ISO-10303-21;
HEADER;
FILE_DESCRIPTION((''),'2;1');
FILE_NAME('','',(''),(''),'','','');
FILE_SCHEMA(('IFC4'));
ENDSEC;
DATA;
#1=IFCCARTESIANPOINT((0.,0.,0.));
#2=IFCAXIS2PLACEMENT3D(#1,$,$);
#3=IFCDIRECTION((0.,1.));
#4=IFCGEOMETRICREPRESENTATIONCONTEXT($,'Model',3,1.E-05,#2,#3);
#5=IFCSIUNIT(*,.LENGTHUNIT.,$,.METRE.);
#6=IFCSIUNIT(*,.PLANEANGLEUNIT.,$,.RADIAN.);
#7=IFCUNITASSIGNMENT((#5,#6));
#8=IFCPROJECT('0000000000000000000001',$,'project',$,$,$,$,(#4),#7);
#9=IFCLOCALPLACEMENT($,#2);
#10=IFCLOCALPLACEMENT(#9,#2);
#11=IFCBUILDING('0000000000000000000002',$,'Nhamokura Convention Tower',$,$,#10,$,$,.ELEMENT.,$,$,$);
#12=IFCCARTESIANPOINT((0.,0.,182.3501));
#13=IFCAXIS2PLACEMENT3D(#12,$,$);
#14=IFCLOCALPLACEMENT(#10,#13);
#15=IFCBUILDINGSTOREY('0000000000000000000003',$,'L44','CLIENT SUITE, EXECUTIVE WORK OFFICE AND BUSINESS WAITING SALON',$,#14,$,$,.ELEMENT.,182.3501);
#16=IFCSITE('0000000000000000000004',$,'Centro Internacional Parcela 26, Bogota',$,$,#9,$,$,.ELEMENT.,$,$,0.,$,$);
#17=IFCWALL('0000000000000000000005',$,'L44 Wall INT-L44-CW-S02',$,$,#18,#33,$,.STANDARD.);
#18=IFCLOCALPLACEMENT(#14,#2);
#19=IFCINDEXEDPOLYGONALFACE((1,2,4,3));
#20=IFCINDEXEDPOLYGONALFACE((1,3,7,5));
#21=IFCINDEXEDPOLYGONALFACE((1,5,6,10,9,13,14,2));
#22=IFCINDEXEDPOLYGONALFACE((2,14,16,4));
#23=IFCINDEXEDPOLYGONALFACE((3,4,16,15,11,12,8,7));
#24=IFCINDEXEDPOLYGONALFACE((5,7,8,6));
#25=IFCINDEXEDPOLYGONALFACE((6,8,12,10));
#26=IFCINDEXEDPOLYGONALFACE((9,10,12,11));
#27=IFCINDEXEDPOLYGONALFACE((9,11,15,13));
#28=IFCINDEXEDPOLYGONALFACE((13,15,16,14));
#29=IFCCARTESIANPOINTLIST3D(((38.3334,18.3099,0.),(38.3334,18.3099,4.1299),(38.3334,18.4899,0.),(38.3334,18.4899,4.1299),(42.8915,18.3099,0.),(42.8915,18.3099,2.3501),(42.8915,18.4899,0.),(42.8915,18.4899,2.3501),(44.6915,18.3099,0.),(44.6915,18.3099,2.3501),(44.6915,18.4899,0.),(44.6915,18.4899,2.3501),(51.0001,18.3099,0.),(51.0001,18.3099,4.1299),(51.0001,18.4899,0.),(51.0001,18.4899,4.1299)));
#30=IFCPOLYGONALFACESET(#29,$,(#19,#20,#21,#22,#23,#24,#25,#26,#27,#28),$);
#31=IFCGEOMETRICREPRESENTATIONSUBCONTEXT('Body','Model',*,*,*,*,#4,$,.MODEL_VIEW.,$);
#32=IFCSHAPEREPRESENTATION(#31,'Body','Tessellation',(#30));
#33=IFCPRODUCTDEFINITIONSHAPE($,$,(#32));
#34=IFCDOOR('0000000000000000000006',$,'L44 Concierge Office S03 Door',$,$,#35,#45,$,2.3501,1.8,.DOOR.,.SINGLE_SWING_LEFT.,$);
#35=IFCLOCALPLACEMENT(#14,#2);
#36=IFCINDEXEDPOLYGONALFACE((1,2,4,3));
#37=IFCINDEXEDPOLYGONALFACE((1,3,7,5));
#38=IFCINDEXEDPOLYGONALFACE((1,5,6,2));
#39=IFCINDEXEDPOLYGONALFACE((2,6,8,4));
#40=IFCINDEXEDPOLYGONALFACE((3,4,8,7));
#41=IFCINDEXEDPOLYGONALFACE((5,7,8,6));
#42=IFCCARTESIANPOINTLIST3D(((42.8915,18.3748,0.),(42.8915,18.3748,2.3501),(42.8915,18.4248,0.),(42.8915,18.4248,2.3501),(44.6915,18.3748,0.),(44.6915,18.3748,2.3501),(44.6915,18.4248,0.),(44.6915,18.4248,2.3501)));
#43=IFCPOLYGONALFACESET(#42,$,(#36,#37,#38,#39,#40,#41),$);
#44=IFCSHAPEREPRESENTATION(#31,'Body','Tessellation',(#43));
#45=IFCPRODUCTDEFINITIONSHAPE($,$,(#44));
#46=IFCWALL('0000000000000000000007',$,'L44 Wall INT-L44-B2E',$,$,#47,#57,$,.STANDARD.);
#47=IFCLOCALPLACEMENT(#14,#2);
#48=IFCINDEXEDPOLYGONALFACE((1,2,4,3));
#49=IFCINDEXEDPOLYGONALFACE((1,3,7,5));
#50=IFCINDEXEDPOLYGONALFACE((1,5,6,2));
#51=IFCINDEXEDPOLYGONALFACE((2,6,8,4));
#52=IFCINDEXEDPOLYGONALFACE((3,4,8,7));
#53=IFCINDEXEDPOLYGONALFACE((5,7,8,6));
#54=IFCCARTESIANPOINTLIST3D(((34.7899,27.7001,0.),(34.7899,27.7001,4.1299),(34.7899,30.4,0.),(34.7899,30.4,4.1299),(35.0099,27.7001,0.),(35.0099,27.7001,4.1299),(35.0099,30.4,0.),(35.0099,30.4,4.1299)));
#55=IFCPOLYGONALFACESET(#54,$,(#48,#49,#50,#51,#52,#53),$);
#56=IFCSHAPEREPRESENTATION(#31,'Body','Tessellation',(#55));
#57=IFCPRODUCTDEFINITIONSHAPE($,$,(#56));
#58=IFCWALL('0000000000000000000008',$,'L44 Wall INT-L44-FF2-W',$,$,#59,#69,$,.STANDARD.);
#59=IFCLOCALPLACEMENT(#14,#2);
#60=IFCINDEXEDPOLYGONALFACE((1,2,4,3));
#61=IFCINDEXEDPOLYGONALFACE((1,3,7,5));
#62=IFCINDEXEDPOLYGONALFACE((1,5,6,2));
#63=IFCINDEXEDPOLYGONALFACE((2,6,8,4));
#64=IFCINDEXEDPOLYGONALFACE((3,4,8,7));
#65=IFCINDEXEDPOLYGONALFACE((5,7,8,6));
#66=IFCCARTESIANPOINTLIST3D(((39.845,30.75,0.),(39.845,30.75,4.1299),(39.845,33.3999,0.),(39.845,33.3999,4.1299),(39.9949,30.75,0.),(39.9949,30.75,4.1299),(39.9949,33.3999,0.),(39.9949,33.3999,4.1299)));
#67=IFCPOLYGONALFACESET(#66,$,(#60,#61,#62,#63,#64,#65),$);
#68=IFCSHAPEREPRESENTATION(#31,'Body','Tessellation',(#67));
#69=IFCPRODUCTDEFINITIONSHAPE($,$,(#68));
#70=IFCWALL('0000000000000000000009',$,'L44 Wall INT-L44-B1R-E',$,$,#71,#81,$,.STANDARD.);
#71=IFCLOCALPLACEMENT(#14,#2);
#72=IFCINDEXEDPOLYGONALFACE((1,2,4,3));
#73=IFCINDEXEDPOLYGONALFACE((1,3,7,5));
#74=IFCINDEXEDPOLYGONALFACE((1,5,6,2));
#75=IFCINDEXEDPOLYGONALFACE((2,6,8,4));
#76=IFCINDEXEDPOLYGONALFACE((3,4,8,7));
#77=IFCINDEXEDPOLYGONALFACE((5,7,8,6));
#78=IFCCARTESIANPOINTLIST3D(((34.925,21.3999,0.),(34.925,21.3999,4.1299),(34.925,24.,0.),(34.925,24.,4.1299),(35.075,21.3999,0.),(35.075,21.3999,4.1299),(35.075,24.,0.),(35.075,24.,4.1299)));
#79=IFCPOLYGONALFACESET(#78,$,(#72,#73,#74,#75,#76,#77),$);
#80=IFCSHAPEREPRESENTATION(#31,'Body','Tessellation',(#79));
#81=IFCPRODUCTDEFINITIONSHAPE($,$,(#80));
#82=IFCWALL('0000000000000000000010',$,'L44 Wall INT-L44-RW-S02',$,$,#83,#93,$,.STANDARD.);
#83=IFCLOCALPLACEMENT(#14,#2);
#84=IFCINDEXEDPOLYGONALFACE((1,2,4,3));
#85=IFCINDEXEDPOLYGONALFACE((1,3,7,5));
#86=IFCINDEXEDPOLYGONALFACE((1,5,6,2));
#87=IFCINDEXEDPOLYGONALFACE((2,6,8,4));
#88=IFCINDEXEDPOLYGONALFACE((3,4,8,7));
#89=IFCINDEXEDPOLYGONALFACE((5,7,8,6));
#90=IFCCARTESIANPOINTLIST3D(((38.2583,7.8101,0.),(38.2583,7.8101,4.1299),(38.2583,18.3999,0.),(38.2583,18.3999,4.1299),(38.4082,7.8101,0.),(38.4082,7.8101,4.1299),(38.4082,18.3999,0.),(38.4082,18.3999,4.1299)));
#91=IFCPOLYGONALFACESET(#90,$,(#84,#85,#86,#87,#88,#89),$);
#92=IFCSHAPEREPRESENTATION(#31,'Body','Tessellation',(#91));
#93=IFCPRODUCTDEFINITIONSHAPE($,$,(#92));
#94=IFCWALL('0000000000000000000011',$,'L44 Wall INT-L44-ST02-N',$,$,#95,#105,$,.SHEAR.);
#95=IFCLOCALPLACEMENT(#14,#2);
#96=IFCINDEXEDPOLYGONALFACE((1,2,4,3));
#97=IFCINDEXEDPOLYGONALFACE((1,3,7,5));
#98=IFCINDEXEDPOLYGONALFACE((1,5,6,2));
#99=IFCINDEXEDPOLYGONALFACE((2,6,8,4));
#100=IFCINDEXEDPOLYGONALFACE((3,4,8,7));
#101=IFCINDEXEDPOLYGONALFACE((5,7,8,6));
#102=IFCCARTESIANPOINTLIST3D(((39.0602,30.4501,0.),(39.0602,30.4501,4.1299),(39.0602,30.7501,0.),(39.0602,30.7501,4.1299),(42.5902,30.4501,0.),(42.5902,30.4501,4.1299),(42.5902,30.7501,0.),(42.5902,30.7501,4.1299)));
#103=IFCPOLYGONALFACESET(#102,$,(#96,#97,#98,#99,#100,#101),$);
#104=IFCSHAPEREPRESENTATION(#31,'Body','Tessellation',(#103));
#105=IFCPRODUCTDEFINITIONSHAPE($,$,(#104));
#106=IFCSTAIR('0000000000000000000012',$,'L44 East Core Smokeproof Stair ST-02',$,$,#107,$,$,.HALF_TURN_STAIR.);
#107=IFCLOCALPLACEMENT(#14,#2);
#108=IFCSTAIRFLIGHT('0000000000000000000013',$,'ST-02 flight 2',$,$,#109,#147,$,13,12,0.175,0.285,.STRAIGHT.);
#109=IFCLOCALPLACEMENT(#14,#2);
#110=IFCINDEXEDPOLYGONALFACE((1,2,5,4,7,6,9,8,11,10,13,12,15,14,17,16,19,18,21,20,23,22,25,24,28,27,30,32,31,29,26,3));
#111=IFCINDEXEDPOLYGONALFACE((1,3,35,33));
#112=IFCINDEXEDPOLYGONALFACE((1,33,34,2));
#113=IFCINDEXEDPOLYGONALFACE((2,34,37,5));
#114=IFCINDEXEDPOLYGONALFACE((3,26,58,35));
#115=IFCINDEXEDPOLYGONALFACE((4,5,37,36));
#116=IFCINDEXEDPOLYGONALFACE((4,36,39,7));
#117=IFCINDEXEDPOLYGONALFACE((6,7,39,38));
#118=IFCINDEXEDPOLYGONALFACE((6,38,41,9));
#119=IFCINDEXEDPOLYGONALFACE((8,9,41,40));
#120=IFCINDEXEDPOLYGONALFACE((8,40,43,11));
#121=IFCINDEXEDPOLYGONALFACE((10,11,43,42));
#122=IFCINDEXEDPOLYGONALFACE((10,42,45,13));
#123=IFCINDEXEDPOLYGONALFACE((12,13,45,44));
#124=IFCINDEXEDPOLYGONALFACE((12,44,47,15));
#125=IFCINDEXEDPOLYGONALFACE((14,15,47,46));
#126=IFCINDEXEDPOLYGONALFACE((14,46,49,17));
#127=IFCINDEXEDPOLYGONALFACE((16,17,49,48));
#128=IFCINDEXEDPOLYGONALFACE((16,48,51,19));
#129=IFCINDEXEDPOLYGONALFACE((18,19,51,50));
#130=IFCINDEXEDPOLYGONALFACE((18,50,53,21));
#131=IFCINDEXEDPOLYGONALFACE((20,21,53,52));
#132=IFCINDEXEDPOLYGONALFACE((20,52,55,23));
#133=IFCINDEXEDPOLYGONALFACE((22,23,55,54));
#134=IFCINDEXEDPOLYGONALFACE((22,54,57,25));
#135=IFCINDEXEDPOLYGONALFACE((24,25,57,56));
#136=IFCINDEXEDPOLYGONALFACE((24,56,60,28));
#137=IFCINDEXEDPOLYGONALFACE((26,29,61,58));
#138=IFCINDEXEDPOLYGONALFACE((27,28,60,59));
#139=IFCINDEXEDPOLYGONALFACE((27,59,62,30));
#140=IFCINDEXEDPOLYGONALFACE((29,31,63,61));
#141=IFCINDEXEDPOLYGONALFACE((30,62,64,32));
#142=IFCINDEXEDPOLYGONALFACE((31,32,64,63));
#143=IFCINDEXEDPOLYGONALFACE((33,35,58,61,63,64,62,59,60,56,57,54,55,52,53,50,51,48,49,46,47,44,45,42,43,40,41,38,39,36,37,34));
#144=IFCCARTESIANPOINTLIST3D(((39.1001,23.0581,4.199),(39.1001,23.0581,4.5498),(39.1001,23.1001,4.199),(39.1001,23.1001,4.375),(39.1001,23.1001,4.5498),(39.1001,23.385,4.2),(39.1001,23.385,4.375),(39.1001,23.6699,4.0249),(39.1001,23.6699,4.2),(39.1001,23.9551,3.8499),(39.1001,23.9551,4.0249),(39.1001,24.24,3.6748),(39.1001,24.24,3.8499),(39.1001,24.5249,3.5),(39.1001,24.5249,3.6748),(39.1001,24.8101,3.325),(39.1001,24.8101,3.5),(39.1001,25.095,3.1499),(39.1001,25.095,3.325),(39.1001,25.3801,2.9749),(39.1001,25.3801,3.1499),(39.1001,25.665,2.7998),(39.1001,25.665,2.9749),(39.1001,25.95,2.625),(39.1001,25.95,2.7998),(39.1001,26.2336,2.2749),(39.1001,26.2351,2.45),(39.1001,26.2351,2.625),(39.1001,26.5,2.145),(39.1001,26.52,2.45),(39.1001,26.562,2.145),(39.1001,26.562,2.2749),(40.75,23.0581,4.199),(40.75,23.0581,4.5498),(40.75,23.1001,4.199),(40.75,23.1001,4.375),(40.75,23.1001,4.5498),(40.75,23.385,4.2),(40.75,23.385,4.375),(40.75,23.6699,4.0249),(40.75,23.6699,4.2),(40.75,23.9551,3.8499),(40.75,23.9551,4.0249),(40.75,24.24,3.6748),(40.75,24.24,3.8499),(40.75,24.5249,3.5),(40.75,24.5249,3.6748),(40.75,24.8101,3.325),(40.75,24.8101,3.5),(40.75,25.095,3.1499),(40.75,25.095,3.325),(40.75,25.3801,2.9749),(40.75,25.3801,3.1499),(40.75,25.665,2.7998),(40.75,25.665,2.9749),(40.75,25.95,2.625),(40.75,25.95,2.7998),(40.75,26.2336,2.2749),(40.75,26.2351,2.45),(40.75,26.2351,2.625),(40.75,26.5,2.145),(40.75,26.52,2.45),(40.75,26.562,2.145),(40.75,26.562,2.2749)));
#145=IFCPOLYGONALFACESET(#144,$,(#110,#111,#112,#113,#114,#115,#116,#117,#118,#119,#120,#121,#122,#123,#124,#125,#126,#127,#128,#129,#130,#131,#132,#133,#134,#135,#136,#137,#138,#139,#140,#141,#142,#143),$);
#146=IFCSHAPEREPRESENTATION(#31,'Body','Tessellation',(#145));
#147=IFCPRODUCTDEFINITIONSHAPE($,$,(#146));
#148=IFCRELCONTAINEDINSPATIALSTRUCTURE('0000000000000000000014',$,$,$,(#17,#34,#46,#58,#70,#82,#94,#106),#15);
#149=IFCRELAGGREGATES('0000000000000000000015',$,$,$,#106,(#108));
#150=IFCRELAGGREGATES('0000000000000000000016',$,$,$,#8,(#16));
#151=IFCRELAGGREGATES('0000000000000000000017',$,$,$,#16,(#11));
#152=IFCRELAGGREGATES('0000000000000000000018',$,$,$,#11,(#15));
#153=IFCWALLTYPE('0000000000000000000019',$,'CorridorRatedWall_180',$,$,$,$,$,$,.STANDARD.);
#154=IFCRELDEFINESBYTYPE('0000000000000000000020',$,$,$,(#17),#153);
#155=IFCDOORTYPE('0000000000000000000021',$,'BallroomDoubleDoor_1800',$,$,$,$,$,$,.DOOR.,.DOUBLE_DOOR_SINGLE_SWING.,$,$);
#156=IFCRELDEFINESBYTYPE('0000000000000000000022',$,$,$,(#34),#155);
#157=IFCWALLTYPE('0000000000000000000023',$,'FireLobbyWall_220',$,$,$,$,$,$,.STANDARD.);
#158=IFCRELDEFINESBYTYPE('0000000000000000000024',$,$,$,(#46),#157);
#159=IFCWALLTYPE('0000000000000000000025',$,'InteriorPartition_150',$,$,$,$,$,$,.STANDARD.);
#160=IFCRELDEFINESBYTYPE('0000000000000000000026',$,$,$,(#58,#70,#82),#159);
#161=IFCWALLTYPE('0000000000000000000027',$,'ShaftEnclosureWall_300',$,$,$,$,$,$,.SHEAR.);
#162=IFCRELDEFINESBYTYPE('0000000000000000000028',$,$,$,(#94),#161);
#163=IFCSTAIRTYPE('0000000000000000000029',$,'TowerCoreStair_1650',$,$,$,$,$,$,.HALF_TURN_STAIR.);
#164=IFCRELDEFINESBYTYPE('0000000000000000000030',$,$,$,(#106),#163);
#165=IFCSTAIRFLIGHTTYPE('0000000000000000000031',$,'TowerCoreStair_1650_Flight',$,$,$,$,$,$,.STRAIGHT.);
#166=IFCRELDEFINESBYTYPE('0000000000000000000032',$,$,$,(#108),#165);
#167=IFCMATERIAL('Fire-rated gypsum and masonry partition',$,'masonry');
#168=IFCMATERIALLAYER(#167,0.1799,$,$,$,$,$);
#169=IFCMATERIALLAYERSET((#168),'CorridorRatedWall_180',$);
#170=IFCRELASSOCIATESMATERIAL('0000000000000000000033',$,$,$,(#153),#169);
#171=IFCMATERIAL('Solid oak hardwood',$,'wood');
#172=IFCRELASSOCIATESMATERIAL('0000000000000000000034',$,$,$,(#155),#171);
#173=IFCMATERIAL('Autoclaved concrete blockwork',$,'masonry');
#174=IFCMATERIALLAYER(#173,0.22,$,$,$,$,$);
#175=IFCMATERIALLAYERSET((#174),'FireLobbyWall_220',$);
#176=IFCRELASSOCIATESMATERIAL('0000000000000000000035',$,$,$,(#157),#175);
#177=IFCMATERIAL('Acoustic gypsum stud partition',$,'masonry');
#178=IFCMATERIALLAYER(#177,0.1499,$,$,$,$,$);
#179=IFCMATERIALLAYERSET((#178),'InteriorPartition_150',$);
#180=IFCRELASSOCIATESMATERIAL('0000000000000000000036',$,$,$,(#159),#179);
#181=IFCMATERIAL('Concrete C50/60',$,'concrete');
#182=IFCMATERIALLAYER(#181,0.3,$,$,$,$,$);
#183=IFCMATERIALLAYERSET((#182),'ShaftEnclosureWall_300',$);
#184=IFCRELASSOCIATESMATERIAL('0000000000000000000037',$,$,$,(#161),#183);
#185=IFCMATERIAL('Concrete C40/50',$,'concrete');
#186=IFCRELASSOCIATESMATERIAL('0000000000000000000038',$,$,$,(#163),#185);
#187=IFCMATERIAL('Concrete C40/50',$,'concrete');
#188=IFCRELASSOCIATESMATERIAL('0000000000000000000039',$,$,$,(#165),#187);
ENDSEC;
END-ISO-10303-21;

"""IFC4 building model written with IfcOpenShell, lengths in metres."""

from ifc_helpers import new_model, si_unit, direction, frame, frame_2d, origin, place, context, subcontext, project, spatial, polyline, rectangle, outline, extrude, material, layer, layer_set, type_object, element, fill, aggregate, save


model = new_model("IFC4")

# Units and contexts
model_context = context("Model", 3, precision=1e-05, world=origin(), true_north=direction((0.0, 1.0)))
body_context = subcontext(model_context, "Body", "Model", "MODEL_VIEW")
ifc_project = project(units=[si_unit("LENGTHUNIT", "METRE"), si_unit("PLANEANGLEUNIT", "RADIAN")], contexts=[model_context])

# Site, building, storey
site_placement = place(None, origin())
site = spatial("IfcSite", under=ifc_project, at=site_placement, Name="Centro Internacional Parcela 26, Bogota", CompositionType="ELEMENT", RefElevation=0.0)
building_placement = place(site_placement, origin())
building = spatial("IfcBuilding", under=site, at=building_placement, Name="Nhamokura Convention Tower", CompositionType="ELEMENT")
storey_placement = place(building_placement, frame((0.0, 0.0, 182.3501)))
storey = spatial("IfcBuildingStorey", under=building, at=storey_placement, Name="L44", Description="CLIENT SUITE, EXECUTIVE WORK OFFICE AND BUSINESS WAITING SALON", CompositionType="ELEMENT", Elevation=182.3501)

# Wall, opening, door
ifc_material_1 = material(Name="Fire-rated gypsum and masonry partition", Category="masonry")
ifc_layer_1 = layer(ifc_material_1, 0.1799)
ifc_layer_set_1 = layer_set([ifc_layer_1], Name="CorridorRatedWall_180")
wall_type_1 = type_object("IfcWallType", Name="CorridorRatedWall_180", PredefinedType="STANDARD", material=ifc_layer_set_1)
wall_1_placement = place(storey_placement, frame((38.3333, 18.3999, 0.0), z_axis=(0.0, 0.0, 1.0), x_axis=(1.0, 0.0, 0.0)))
wall_1 = element("IfcWall", 1, at=wall_1_placement, inside=storey, type_object=wall_type_1, Name="L44 Wall INT-L44-CW-S02", PredefinedType="STANDARD", context=body_context, shape_type="SweptSolid", body=[
    extrude(rectangle(XDim=12.6667, YDim=0.1799, at=frame_2d((6.3335, 0.0))), origin(), (0.0, 0.0, 1.0), 4.1299),
])
opening_1_placement = place(wall_1_placement, frame((4.5583, 0.0, 0.0)))
opening_1 = element("IfcOpeningElement", 2, at=opening_1_placement, cuts=wall_1, PredefinedType="OPENING", context=body_context, shape_type="SweptSolid", body=[
    extrude(rectangle(XDim=1.8, YDim=2.3501, at=frame_2d((0.8999, 1.175))), frame((0.0, 0.0999, 0.0), z_axis=(0.0, -1.0, 0.0), x_axis=(1.0, 0.0, 0.0)), (0.0, 0.0, 1.0), 0.2),
])
ifc_material_2 = material(Name="Solid oak hardwood", Category="wood")
door_type_1 = type_object("IfcDoorType", Name="BallroomDoubleDoor_1800", OperationType="DOUBLE_DOOR_SINGLE_SWING", PredefinedType="DOOR", material=ifc_material_2)
door_1_placement = place(opening_1_placement, origin())
door_1 = element("IfcDoor", 3, at=door_1_placement, inside=storey, type_object=door_type_1, Name="L44 Concierge Office S03 Door", OperationType="SINGLE_SWING_LEFT", OverallHeight=2.3501, OverallWidth=1.8, PredefinedType="DOOR", context=body_context, shape_type="SweptSolid", body=[
    extrude(rectangle(XDim=1.8, YDim=2.3501, at=frame_2d((0.8999, 1.175))), frame((0.0, 0.0249, 0.0), z_axis=(0.0, -1.0, 0.0), x_axis=(1.0, 0.0, 0.0)), (0.0, 0.0, 1.0), 0.05),
])
fill(opening_1, door_1)
ifc_material_3 = material(Name="Autoclaved concrete blockwork", Category="masonry")
ifc_layer_2 = layer(ifc_material_3, 0.22)
ifc_layer_set_2 = layer_set([ifc_layer_2], Name="FireLobbyWall_220")
wall_type_2 = type_object("IfcWallType", Name="FireLobbyWall_220", PredefinedType="STANDARD", material=ifc_layer_set_2)

# Walls
wall_2_placement = place(storey_placement, frame((34.8999, 27.7, 0.0), z_axis=(0.0, 0.0, 1.0), x_axis=(0.0, 1.0, 0.0)))
element("IfcWall", 4, at=wall_2_placement, inside=storey, type_object=wall_type_2, Name="L44 Wall INT-L44-B2E", PredefinedType="STANDARD", context=body_context, shape_type="SweptSolid", body=[
    extrude(rectangle(XDim=2.7, YDim=0.22, at=frame_2d((1.3501, 0.0))), origin(), (0.0, 0.0, 1.0), 4.1299),
])
ifc_material_4 = material(Name="Acoustic gypsum stud partition", Category="masonry")
ifc_layer_3 = layer(ifc_material_4, 0.1499)
ifc_layer_set_3 = layer_set([ifc_layer_3], Name="InteriorPartition_150")
wall_type_3 = type_object("IfcWallType", Name="InteriorPartition_150", PredefinedType="STANDARD", material=ifc_layer_set_3)
wall_3_placement = place(storey_placement, frame((39.9199, 30.75, 0.0), z_axis=(0.0, 0.0, 1.0), x_axis=(0.0, 1.0, 0.0)))
element("IfcWall", 5, at=wall_3_placement, inside=storey, type_object=wall_type_3, Name="L44 Wall INT-L44-FF2-W", PredefinedType="STANDARD", context=body_context, shape_type="SweptSolid", body=[
    extrude(rectangle(XDim=2.6499, YDim=0.1499, at=frame_2d((1.325, 0.0))), origin(), (0.0, 0.0, 1.0), 4.1299),
])
wall_4_placement = place(storey_placement, frame((35.0, 21.3999, 0.0), z_axis=(0.0, 0.0, 1.0), x_axis=(0.0, 1.0, 0.0)))
element("IfcWall", 6, at=wall_4_placement, inside=storey, type_object=wall_type_3, Name="L44 Wall INT-L44-B1R-E", PredefinedType="STANDARD", context=body_context, shape_type="SweptSolid", body=[
    extrude(rectangle(XDim=2.6001, YDim=0.1499, at=frame_2d((1.3, 0.0))), origin(), (0.0, 0.0, 1.0), 4.1299),
])
wall_5_placement = place(storey_placement, frame((38.3333, 7.8101, 0.0), z_axis=(0.0, 0.0, 1.0), x_axis=(0.0, 1.0, 0.0)))
element("IfcWall", 7, at=wall_5_placement, inside=storey, type_object=wall_type_3, Name="L44 Wall INT-L44-RW-S02", PredefinedType="STANDARD", context=body_context, shape_type="SweptSolid", body=[
    extrude(rectangle(XDim=10.5898, YDim=0.1499, at=frame_2d((5.2949, 0.0))), origin(), (0.0, 0.0, 1.0), 4.1299),
])
ifc_material_5 = material(Name="Concrete C50/60", Category="concrete")
ifc_layer_4 = layer(ifc_material_5, 0.3)
ifc_layer_set_4 = layer_set([ifc_layer_4], Name="ShaftEnclosureWall_300")
wall_type_4 = type_object("IfcWallType", Name="ShaftEnclosureWall_300", PredefinedType="SHEAR", material=ifc_layer_set_4)
wall_6_placement = place(storey_placement, frame((39.0601, 30.6001, 0.0), z_axis=(0.0, 0.0, 1.0), x_axis=(1.0, 0.0, 0.0)))
element("IfcWall", 8, at=wall_6_placement, inside=storey, type_object=wall_type_4, Name="L44 Wall INT-L44-ST02-N", PredefinedType="SHEAR", context=body_context, shape_type="SweptSolid", body=[
    extrude(rectangle(XDim=3.53, YDim=0.3, at=frame_2d((1.7651, 0.0))), origin(), (0.0, 0.0, 1.0), 4.1299),
])

# Stair, stair flight
ifc_material_6 = material(Name="Concrete C40/50", Category="concrete")
stair_type = type_object("IfcStairType", Name="TowerCoreStair_1650", PredefinedType="HALF_TURN_STAIR", material=ifc_material_6)
stair_placement = place(storey_placement, origin())
stair = element("IfcStair", 9, at=stair_placement, inside=storey, type_object=stair_type, Name="L44 East Core Smokeproof Stair ST-02", PredefinedType="HALF_TURN_STAIR")
ifc_material_7 = material(Name="Concrete C40/50", Category="concrete")
stair_flight_type = type_object("IfcStairFlightType", Name="TowerCoreStair_1650_Flight", PredefinedType="STRAIGHT", material=ifc_material_7)
stair_flight_placement = place(storey_placement, frame((39.925, 26.52, 2.2749), z_axis=(0.0, 0.0, 1.0), x_axis=(0.0, -1.0, 0.0)))
stair_flight = element("IfcStairFlight", 10, at=stair_flight_placement, type_object=stair_flight_type, Name="ST-02 flight 2", NumberOfRisers=13, NumberOfTreads=12, PredefinedType="STRAIGHT", RiserHeight=0.175, TreadLength=0.285, context=body_context, shape_type="SweptSolid", body=[
    extrude(outline(polyline([(-0.042, 0.0), (0.0, 0.175), (0.2849, 0.175), (0.2849, 0.3501), (0.5701, 0.3501), (0.5701, 0.5249), (0.855, 0.5249), (0.855, 0.7), (1.1399, 0.7), (1.1399, 0.875), (1.425, 0.875), (1.425, 1.05), (1.71, 1.05), (1.71, 1.2251), (1.9951, 1.2251), (1.9951, 1.3999), (2.28, 1.3999), (2.28, 1.575), (2.5649, 1.575), (2.5649, 1.75), (2.8501, 1.75), (2.8501, 1.925), (3.135, 1.925), (3.135, 2.1001), (3.4199, 2.1001), (3.4199, 2.2749), (3.4619, 2.2749), (3.4619, 1.9241), (3.4199, 1.9241), (0.2864, 0.0), (0.02, -0.1299), (-0.042, -0.1299), (-0.042, 0.0)])), frame((0.0, 0.825, 0.0), z_axis=(0.0, -1.0, 0.0), x_axis=(1.0, 0.0, 0.0)), (0.0, 0.0, 1.0), 1.6499),
])
aggregate(stair, [stair_flight])

save(model, "model.ifc")
